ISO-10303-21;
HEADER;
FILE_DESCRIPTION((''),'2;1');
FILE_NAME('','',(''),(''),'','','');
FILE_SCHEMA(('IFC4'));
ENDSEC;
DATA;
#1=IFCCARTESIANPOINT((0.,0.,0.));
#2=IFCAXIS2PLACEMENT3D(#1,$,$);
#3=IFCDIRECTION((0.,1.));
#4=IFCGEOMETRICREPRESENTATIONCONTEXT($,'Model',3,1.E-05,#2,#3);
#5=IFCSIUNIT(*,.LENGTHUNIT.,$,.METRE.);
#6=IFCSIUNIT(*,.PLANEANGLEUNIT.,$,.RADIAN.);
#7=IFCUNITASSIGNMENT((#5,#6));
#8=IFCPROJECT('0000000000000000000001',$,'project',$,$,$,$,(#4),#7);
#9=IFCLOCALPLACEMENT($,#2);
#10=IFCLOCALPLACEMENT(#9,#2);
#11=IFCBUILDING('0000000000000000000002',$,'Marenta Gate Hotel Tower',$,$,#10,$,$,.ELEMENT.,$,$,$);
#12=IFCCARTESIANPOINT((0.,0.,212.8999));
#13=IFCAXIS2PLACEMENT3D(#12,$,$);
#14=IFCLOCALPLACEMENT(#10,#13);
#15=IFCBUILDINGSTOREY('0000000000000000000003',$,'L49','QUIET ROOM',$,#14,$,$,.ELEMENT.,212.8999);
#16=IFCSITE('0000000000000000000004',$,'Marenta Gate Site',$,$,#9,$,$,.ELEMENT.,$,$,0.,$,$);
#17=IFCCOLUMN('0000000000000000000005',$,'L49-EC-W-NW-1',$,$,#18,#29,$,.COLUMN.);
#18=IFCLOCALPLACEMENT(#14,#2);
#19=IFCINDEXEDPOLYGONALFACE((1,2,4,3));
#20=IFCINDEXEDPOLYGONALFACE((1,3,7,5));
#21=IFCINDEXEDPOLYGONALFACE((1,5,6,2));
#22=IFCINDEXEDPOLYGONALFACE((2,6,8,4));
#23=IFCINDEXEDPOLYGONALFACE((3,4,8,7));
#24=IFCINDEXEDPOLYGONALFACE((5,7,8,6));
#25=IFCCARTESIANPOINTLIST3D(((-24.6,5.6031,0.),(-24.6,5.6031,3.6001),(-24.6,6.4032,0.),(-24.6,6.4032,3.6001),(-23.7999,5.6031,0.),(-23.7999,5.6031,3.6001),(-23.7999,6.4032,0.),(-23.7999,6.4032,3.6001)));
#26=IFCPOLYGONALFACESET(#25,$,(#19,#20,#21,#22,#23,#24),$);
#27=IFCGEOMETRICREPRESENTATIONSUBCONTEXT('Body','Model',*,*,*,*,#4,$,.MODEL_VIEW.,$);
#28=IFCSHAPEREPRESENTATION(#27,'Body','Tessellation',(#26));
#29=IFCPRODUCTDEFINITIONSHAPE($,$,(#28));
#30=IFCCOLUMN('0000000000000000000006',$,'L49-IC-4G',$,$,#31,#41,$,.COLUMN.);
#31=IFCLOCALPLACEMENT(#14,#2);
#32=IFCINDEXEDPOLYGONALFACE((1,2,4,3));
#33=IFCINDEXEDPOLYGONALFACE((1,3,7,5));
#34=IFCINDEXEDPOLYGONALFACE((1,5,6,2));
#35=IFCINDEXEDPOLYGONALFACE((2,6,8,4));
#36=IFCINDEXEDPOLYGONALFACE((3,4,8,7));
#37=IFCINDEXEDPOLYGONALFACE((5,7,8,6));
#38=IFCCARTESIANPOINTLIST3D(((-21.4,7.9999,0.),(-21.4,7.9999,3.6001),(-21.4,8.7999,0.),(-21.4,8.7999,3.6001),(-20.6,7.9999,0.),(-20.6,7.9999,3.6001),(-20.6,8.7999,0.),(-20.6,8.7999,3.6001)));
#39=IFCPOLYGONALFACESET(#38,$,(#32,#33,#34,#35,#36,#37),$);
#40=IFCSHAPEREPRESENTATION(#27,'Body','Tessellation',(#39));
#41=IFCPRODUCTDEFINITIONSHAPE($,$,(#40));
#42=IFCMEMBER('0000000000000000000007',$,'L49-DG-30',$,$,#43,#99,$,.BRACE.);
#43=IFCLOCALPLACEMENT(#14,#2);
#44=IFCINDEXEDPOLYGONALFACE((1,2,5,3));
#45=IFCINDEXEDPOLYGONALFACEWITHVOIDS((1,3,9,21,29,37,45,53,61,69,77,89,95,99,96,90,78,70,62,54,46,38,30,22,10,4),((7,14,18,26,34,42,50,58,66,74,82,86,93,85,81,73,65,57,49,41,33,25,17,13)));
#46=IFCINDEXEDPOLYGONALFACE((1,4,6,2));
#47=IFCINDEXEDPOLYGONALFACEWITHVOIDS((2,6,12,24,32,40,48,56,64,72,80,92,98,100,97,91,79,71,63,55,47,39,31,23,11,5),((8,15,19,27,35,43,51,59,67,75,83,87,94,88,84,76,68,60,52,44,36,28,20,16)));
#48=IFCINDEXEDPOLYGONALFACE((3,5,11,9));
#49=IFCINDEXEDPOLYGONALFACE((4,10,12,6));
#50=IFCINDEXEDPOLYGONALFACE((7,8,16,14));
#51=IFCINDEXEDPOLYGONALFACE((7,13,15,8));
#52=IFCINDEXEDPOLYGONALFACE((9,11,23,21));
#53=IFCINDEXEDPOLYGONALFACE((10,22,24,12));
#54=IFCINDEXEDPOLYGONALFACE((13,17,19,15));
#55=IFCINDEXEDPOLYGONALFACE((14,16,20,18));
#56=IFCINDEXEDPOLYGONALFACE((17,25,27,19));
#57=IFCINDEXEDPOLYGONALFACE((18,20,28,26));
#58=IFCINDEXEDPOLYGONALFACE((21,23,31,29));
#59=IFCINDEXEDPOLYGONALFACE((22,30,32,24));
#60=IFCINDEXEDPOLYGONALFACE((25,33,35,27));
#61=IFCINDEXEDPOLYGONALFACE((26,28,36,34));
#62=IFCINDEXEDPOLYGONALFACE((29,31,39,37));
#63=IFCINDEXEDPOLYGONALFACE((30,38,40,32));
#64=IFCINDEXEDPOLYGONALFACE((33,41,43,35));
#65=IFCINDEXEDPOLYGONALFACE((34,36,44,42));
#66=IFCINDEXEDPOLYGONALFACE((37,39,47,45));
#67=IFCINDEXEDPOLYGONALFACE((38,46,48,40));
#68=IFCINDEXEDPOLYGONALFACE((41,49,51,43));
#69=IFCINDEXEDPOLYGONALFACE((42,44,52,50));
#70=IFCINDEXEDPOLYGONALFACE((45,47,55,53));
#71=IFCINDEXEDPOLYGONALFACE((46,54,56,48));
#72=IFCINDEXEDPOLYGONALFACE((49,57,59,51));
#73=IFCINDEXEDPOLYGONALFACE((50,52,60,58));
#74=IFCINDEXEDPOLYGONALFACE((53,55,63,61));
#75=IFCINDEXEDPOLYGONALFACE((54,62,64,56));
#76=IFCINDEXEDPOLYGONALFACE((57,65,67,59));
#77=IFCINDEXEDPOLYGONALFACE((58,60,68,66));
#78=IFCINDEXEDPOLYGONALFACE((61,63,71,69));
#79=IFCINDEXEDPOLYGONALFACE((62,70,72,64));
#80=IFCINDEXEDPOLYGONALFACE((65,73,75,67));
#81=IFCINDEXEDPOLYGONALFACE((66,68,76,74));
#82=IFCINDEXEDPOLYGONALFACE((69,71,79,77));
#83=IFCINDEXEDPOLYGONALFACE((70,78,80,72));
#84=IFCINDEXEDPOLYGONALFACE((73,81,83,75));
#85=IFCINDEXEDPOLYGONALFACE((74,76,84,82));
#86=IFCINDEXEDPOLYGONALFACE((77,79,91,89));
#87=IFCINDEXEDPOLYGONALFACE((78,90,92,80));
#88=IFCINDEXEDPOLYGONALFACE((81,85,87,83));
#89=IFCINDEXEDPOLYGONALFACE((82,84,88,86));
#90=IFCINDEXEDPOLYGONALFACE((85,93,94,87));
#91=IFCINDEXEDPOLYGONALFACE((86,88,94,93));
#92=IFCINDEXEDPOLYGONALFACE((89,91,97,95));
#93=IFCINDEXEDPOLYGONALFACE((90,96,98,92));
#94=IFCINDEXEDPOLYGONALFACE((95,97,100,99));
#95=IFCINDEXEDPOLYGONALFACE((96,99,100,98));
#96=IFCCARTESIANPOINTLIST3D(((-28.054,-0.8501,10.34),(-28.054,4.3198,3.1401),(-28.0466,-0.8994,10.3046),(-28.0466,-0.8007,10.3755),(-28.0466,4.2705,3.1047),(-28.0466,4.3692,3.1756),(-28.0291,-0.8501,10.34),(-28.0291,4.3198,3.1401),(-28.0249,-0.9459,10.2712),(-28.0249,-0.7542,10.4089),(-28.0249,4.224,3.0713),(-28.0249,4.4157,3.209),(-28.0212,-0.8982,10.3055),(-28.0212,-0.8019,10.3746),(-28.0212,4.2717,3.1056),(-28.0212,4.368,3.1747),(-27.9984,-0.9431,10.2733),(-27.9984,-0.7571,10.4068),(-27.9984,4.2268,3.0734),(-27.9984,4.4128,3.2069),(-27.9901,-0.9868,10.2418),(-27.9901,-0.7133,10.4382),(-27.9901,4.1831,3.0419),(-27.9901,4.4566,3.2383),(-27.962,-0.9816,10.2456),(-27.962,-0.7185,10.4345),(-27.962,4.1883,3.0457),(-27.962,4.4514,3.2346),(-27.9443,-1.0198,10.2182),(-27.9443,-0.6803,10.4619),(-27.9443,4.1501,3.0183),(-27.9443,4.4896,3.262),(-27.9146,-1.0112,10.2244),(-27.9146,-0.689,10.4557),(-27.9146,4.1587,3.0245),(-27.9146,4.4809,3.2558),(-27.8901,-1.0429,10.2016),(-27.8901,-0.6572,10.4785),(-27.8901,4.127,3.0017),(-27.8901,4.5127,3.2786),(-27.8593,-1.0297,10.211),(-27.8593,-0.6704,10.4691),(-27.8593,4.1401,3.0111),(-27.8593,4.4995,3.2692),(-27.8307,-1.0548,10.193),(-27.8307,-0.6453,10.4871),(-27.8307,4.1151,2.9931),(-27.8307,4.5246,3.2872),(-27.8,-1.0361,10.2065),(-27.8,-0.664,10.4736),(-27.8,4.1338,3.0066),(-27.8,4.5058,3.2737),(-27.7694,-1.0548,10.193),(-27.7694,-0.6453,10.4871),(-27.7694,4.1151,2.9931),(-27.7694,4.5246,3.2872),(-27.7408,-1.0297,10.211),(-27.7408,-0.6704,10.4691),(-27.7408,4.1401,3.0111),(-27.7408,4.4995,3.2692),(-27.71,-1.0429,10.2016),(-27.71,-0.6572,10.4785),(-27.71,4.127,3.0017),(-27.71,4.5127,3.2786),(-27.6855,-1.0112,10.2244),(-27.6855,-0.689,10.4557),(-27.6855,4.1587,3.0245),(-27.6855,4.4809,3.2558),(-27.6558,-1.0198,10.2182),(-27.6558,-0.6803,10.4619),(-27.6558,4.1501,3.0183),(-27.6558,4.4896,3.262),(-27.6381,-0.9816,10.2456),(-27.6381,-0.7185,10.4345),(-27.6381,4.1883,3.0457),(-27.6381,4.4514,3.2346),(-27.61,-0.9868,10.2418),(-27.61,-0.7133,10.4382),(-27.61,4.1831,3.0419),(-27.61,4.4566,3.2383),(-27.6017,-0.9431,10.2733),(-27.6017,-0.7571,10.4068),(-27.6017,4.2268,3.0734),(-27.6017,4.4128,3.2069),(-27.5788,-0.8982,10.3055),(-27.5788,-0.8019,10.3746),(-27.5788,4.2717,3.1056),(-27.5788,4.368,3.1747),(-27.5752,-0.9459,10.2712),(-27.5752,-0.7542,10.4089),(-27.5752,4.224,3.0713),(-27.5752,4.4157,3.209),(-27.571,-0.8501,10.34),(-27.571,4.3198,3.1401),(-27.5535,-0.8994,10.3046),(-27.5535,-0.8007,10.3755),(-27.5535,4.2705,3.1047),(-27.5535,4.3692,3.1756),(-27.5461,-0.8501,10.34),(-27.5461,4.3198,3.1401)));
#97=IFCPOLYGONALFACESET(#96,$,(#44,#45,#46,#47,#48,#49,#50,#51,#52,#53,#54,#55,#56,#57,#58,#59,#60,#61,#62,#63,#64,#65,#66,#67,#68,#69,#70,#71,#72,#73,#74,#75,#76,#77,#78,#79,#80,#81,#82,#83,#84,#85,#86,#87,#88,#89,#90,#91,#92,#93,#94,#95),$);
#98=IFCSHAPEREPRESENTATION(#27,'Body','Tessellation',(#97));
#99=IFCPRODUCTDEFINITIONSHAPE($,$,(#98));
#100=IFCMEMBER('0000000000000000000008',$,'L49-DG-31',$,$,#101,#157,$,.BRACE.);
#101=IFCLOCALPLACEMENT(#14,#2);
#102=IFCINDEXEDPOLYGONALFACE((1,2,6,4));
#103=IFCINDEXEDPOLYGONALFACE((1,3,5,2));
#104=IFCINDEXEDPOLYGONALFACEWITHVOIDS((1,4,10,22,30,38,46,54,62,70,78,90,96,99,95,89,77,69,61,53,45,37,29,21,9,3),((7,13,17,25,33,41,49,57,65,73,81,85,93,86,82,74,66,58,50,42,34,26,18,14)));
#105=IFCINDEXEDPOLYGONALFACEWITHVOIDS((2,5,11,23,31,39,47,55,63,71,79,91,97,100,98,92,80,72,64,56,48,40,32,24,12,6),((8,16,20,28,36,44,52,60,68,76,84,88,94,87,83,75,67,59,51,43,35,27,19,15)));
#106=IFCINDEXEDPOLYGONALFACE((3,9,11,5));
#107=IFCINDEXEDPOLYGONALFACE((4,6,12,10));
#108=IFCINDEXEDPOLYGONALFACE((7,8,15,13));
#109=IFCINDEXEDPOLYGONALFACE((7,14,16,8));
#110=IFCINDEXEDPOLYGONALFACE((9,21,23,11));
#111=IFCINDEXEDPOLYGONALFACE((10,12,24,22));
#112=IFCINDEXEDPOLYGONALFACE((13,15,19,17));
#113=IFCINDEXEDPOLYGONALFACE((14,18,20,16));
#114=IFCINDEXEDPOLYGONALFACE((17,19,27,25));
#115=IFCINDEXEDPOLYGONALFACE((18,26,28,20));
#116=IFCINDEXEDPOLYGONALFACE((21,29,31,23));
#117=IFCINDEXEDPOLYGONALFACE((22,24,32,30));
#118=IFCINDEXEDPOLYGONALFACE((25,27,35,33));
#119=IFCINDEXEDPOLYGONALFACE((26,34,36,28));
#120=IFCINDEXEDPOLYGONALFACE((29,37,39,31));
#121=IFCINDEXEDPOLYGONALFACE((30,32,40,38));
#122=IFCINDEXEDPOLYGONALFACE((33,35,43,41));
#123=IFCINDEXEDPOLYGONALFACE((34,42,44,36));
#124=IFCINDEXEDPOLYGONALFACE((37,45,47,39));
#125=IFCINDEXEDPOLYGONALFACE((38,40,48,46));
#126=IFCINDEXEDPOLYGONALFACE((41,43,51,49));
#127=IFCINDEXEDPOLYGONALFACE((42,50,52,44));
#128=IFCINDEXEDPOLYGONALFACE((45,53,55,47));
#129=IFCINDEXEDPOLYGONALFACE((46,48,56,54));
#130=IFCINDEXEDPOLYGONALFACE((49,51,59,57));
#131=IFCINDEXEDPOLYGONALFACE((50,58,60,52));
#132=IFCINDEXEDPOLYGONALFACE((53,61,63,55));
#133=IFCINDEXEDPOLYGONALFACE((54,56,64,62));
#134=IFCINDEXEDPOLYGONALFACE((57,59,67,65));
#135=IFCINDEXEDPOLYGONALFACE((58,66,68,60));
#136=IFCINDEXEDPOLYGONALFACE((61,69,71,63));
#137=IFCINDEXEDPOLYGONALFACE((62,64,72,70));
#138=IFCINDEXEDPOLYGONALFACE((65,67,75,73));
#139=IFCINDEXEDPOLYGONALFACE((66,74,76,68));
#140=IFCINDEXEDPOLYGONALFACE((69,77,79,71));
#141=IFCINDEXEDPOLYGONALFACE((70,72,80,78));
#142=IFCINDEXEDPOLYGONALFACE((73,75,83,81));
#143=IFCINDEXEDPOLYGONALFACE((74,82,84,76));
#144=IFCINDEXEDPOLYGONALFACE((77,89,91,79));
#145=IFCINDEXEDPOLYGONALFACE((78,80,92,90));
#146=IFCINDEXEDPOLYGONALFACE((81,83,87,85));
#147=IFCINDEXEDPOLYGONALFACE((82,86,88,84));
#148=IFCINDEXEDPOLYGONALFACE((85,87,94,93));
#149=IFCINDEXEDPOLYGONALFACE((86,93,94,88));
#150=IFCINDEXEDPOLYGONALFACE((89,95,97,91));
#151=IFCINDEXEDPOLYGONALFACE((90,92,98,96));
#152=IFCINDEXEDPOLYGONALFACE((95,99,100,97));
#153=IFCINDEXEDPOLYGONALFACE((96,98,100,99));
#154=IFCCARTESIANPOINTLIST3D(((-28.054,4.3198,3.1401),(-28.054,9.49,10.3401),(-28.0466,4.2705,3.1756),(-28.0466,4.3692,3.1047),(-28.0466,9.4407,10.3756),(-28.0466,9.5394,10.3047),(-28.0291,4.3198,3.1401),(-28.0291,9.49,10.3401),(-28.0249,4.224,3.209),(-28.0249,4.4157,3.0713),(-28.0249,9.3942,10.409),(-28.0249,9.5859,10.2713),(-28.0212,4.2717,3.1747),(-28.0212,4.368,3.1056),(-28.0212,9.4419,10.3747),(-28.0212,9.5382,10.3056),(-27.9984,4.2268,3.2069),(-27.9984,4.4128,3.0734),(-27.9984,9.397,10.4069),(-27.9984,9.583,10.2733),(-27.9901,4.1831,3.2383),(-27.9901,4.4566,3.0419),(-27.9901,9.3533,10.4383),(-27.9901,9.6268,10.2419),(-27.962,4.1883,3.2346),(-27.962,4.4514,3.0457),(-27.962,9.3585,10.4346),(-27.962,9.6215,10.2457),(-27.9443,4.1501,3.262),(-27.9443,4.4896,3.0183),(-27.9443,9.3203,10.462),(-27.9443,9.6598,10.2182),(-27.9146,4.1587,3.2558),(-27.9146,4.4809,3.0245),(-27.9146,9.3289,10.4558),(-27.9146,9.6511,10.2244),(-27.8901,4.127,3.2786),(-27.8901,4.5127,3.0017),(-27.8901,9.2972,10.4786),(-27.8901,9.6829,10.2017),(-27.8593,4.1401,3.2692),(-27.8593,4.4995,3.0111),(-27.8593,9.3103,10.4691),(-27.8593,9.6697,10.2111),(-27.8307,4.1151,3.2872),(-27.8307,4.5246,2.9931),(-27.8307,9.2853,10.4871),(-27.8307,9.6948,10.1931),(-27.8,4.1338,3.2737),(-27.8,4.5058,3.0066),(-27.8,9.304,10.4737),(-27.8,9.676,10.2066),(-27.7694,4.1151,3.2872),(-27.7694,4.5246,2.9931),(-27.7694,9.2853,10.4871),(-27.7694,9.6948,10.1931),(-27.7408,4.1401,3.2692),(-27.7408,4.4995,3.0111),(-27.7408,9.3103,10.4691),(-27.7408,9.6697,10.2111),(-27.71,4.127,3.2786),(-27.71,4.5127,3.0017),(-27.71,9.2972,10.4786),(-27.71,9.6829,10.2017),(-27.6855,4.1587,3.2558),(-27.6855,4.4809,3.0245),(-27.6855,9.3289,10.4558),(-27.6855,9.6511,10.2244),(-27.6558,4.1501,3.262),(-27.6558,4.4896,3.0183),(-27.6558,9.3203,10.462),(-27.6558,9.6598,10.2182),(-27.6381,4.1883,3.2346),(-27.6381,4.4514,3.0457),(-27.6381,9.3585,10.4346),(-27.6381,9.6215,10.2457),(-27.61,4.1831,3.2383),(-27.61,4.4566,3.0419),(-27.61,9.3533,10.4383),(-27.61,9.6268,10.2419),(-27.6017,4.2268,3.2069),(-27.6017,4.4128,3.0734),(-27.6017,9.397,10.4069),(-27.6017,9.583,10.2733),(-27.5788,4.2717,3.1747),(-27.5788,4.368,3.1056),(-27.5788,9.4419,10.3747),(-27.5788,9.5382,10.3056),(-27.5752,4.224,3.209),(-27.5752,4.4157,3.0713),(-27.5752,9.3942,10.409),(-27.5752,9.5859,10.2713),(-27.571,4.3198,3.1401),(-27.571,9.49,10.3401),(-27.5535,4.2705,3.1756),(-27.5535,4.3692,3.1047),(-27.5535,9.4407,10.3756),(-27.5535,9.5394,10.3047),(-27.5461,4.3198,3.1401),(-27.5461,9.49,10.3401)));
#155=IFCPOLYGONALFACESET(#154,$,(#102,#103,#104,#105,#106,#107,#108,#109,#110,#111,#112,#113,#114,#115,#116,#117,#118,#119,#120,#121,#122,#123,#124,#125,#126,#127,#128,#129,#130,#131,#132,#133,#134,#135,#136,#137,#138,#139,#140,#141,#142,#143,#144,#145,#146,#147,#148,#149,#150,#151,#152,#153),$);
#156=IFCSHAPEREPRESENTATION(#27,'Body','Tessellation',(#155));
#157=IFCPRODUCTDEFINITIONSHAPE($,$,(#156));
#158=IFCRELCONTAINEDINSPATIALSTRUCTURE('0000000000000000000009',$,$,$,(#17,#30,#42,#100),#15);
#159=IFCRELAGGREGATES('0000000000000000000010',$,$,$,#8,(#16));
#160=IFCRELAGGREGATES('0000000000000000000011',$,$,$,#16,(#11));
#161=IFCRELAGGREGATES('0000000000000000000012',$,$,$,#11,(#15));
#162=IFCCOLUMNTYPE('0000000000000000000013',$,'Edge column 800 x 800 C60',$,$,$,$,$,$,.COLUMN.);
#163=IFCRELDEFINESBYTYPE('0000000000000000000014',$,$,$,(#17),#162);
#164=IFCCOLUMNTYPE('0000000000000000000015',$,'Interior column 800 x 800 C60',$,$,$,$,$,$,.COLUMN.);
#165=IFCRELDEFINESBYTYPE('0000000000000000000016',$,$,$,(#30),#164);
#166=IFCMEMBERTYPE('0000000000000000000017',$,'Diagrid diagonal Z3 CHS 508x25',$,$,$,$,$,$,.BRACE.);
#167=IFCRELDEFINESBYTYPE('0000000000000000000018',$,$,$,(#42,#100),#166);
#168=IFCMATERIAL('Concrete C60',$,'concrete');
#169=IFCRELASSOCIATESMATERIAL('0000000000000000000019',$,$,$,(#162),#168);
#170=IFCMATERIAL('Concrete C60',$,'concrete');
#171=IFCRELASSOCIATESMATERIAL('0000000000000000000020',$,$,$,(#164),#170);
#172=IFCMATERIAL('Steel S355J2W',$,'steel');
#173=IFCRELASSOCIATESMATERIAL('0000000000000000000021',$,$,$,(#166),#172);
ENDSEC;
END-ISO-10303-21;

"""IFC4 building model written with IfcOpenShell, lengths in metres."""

from ifc_helpers import new_model, si_unit, direction, frame, origin, origin_2d, place, context, subcontext, project, spatial, rectangle, hollow_circle, extrude, material, material_profile, profile_set, type_object, element, save


model = new_model("IFC4")

# Units and contexts
model_context = context("Model", 3, precision=1e-05, world=origin(), true_north=direction((0.0, 1.0)))
body_context = subcontext(model_context, "Body", "Model", "MODEL_VIEW")
ifc_project = project(units=[si_unit("LENGTHUNIT", "METRE"), si_unit("PLANEANGLEUNIT", "RADIAN")], contexts=[model_context])

# Site, building, storey
site_placement = place(None, origin())
site = spatial("IfcSite", under=ifc_project, at=site_placement, Name="Marenta Gate Site", CompositionType="ELEMENT", RefElevation=0.0)
building_placement = place(site_placement, origin())
building = spatial("IfcBuilding", under=site, at=building_placement, Name="Marenta Gate Hotel Tower", CompositionType="ELEMENT")
storey_placement = place(building_placement, frame((0.0, 0.0, 212.8999)))
storey = spatial("IfcBuildingStorey", under=building, at=storey_placement, Name="L49", Description="QUIET ROOM", CompositionType="ELEMENT", Elevation=212.8999)

# Columns
ifc_material_1 = material(Name="Concrete C60", Category="concrete")
ifc_material_profile_1 = material_profile(ifc_material_1, rectangle(XDim=0.8, YDim=0.8, at=origin_2d()), Name="800 x 800")
ifc_profile_set_1 = profile_set([ifc_material_profile_1], Name="Concrete C60")
column_type_1 = type_object("IfcColumnType", Name="Edge column 800 x 800 C60", PredefinedType="COLUMN", material=ifc_profile_set_1)
column_1_placement = place(storey_placement, frame((-24.2, 6.0032, 0.0), z_axis=(0.0, 0.0, 1.0), x_axis=(1.0, 0.0, 0.0)))
element("IfcColumn", 1, at=column_1_placement, inside=storey, type_object=column_type_1, Name="L49-EC-W-NW-1", PredefinedType="COLUMN", context=body_context, shape_type="SweptSolid", body=[
    extrude(rectangle(XDim=0.8, YDim=0.8, at=origin_2d()), origin(), (0.0, 0.0, 1.0), 3.6001),
])
ifc_material_2 = material(Name="Concrete C60", Category="concrete")
ifc_material_profile_2 = material_profile(ifc_material_2, rectangle(XDim=0.8, YDim=0.8, at=origin_2d()), Name="800 x 800")
ifc_profile_set_2 = profile_set([ifc_material_profile_2], Name="Concrete C60")
column_type_2 = type_object("IfcColumnType", Name="Interior column 800 x 800 C60", PredefinedType="COLUMN", material=ifc_profile_set_2)
column_2_placement = place(storey_placement, frame((-21.0, 8.3999, 0.0), z_axis=(0.0, 0.0, 1.0), x_axis=(1.0, 0.0, 0.0)))
element("IfcColumn", 2, at=column_2_placement, inside=storey, type_object=column_type_2, Name="L49-IC-4G", PredefinedType="COLUMN", context=body_context, shape_type="SweptSolid", body=[
    extrude(rectangle(XDim=0.8, YDim=0.8, at=origin_2d()), origin(), (0.0, 0.0, 1.0), 3.6001),
])

# Members
ifc_material_3 = material(Name="Steel S355J2W", Category="steel")
ifc_material_profile_3 = material_profile(ifc_material_3, hollow_circle(Radius=0.2539, WallThickness=0.0249, at=origin_2d()), Name="CHS 508x25")
ifc_profile_set_3 = profile_set([ifc_material_profile_3], Name="Steel S355J2W")
member_type_1 = type_object("IfcMemberType", Name="Diagrid diagonal Z3 CHS 508x25", PredefinedType="BRACE", material=ifc_profile_set_3)
member_1_placement = place(storey_placement, frame((-27.8, 4.3198, 3.1401), z_axis=(0.0, -0.583261, 0.812285), x_axis=(1.0, 0.0, 0.0)))
element("IfcMember", 3, at=member_1_placement, inside=storey, type_object=member_type_1, Name="L49-DG-30", PredefinedType="BRACE", context=body_context, shape_type="SweptSolid", body=[
    extrude(hollow_circle(Radius=0.2539, WallThickness=0.0249, at=origin_2d()), origin(), (0.0, 0.0, 1.0), 8.8638),
])
member_2_placement = place(storey_placement, frame((-27.8, 4.3198, 3.1401), z_axis=(0.0, 0.583279, 0.812272), x_axis=(-1.0, 0.0, 0.0)))
element("IfcMember", 4, at=member_2_placement, inside=storey, type_object=member_type_1, Name="L49-DG-31", PredefinedType="BRACE", context=body_context, shape_type="SweptSolid", body=[
    extrude(hollow_circle(Radius=0.2539, WallThickness=0.0249, at=origin_2d()), origin(), (0.0, 0.0, 1.0), 8.864),
])

save(model, "model.ifc")
